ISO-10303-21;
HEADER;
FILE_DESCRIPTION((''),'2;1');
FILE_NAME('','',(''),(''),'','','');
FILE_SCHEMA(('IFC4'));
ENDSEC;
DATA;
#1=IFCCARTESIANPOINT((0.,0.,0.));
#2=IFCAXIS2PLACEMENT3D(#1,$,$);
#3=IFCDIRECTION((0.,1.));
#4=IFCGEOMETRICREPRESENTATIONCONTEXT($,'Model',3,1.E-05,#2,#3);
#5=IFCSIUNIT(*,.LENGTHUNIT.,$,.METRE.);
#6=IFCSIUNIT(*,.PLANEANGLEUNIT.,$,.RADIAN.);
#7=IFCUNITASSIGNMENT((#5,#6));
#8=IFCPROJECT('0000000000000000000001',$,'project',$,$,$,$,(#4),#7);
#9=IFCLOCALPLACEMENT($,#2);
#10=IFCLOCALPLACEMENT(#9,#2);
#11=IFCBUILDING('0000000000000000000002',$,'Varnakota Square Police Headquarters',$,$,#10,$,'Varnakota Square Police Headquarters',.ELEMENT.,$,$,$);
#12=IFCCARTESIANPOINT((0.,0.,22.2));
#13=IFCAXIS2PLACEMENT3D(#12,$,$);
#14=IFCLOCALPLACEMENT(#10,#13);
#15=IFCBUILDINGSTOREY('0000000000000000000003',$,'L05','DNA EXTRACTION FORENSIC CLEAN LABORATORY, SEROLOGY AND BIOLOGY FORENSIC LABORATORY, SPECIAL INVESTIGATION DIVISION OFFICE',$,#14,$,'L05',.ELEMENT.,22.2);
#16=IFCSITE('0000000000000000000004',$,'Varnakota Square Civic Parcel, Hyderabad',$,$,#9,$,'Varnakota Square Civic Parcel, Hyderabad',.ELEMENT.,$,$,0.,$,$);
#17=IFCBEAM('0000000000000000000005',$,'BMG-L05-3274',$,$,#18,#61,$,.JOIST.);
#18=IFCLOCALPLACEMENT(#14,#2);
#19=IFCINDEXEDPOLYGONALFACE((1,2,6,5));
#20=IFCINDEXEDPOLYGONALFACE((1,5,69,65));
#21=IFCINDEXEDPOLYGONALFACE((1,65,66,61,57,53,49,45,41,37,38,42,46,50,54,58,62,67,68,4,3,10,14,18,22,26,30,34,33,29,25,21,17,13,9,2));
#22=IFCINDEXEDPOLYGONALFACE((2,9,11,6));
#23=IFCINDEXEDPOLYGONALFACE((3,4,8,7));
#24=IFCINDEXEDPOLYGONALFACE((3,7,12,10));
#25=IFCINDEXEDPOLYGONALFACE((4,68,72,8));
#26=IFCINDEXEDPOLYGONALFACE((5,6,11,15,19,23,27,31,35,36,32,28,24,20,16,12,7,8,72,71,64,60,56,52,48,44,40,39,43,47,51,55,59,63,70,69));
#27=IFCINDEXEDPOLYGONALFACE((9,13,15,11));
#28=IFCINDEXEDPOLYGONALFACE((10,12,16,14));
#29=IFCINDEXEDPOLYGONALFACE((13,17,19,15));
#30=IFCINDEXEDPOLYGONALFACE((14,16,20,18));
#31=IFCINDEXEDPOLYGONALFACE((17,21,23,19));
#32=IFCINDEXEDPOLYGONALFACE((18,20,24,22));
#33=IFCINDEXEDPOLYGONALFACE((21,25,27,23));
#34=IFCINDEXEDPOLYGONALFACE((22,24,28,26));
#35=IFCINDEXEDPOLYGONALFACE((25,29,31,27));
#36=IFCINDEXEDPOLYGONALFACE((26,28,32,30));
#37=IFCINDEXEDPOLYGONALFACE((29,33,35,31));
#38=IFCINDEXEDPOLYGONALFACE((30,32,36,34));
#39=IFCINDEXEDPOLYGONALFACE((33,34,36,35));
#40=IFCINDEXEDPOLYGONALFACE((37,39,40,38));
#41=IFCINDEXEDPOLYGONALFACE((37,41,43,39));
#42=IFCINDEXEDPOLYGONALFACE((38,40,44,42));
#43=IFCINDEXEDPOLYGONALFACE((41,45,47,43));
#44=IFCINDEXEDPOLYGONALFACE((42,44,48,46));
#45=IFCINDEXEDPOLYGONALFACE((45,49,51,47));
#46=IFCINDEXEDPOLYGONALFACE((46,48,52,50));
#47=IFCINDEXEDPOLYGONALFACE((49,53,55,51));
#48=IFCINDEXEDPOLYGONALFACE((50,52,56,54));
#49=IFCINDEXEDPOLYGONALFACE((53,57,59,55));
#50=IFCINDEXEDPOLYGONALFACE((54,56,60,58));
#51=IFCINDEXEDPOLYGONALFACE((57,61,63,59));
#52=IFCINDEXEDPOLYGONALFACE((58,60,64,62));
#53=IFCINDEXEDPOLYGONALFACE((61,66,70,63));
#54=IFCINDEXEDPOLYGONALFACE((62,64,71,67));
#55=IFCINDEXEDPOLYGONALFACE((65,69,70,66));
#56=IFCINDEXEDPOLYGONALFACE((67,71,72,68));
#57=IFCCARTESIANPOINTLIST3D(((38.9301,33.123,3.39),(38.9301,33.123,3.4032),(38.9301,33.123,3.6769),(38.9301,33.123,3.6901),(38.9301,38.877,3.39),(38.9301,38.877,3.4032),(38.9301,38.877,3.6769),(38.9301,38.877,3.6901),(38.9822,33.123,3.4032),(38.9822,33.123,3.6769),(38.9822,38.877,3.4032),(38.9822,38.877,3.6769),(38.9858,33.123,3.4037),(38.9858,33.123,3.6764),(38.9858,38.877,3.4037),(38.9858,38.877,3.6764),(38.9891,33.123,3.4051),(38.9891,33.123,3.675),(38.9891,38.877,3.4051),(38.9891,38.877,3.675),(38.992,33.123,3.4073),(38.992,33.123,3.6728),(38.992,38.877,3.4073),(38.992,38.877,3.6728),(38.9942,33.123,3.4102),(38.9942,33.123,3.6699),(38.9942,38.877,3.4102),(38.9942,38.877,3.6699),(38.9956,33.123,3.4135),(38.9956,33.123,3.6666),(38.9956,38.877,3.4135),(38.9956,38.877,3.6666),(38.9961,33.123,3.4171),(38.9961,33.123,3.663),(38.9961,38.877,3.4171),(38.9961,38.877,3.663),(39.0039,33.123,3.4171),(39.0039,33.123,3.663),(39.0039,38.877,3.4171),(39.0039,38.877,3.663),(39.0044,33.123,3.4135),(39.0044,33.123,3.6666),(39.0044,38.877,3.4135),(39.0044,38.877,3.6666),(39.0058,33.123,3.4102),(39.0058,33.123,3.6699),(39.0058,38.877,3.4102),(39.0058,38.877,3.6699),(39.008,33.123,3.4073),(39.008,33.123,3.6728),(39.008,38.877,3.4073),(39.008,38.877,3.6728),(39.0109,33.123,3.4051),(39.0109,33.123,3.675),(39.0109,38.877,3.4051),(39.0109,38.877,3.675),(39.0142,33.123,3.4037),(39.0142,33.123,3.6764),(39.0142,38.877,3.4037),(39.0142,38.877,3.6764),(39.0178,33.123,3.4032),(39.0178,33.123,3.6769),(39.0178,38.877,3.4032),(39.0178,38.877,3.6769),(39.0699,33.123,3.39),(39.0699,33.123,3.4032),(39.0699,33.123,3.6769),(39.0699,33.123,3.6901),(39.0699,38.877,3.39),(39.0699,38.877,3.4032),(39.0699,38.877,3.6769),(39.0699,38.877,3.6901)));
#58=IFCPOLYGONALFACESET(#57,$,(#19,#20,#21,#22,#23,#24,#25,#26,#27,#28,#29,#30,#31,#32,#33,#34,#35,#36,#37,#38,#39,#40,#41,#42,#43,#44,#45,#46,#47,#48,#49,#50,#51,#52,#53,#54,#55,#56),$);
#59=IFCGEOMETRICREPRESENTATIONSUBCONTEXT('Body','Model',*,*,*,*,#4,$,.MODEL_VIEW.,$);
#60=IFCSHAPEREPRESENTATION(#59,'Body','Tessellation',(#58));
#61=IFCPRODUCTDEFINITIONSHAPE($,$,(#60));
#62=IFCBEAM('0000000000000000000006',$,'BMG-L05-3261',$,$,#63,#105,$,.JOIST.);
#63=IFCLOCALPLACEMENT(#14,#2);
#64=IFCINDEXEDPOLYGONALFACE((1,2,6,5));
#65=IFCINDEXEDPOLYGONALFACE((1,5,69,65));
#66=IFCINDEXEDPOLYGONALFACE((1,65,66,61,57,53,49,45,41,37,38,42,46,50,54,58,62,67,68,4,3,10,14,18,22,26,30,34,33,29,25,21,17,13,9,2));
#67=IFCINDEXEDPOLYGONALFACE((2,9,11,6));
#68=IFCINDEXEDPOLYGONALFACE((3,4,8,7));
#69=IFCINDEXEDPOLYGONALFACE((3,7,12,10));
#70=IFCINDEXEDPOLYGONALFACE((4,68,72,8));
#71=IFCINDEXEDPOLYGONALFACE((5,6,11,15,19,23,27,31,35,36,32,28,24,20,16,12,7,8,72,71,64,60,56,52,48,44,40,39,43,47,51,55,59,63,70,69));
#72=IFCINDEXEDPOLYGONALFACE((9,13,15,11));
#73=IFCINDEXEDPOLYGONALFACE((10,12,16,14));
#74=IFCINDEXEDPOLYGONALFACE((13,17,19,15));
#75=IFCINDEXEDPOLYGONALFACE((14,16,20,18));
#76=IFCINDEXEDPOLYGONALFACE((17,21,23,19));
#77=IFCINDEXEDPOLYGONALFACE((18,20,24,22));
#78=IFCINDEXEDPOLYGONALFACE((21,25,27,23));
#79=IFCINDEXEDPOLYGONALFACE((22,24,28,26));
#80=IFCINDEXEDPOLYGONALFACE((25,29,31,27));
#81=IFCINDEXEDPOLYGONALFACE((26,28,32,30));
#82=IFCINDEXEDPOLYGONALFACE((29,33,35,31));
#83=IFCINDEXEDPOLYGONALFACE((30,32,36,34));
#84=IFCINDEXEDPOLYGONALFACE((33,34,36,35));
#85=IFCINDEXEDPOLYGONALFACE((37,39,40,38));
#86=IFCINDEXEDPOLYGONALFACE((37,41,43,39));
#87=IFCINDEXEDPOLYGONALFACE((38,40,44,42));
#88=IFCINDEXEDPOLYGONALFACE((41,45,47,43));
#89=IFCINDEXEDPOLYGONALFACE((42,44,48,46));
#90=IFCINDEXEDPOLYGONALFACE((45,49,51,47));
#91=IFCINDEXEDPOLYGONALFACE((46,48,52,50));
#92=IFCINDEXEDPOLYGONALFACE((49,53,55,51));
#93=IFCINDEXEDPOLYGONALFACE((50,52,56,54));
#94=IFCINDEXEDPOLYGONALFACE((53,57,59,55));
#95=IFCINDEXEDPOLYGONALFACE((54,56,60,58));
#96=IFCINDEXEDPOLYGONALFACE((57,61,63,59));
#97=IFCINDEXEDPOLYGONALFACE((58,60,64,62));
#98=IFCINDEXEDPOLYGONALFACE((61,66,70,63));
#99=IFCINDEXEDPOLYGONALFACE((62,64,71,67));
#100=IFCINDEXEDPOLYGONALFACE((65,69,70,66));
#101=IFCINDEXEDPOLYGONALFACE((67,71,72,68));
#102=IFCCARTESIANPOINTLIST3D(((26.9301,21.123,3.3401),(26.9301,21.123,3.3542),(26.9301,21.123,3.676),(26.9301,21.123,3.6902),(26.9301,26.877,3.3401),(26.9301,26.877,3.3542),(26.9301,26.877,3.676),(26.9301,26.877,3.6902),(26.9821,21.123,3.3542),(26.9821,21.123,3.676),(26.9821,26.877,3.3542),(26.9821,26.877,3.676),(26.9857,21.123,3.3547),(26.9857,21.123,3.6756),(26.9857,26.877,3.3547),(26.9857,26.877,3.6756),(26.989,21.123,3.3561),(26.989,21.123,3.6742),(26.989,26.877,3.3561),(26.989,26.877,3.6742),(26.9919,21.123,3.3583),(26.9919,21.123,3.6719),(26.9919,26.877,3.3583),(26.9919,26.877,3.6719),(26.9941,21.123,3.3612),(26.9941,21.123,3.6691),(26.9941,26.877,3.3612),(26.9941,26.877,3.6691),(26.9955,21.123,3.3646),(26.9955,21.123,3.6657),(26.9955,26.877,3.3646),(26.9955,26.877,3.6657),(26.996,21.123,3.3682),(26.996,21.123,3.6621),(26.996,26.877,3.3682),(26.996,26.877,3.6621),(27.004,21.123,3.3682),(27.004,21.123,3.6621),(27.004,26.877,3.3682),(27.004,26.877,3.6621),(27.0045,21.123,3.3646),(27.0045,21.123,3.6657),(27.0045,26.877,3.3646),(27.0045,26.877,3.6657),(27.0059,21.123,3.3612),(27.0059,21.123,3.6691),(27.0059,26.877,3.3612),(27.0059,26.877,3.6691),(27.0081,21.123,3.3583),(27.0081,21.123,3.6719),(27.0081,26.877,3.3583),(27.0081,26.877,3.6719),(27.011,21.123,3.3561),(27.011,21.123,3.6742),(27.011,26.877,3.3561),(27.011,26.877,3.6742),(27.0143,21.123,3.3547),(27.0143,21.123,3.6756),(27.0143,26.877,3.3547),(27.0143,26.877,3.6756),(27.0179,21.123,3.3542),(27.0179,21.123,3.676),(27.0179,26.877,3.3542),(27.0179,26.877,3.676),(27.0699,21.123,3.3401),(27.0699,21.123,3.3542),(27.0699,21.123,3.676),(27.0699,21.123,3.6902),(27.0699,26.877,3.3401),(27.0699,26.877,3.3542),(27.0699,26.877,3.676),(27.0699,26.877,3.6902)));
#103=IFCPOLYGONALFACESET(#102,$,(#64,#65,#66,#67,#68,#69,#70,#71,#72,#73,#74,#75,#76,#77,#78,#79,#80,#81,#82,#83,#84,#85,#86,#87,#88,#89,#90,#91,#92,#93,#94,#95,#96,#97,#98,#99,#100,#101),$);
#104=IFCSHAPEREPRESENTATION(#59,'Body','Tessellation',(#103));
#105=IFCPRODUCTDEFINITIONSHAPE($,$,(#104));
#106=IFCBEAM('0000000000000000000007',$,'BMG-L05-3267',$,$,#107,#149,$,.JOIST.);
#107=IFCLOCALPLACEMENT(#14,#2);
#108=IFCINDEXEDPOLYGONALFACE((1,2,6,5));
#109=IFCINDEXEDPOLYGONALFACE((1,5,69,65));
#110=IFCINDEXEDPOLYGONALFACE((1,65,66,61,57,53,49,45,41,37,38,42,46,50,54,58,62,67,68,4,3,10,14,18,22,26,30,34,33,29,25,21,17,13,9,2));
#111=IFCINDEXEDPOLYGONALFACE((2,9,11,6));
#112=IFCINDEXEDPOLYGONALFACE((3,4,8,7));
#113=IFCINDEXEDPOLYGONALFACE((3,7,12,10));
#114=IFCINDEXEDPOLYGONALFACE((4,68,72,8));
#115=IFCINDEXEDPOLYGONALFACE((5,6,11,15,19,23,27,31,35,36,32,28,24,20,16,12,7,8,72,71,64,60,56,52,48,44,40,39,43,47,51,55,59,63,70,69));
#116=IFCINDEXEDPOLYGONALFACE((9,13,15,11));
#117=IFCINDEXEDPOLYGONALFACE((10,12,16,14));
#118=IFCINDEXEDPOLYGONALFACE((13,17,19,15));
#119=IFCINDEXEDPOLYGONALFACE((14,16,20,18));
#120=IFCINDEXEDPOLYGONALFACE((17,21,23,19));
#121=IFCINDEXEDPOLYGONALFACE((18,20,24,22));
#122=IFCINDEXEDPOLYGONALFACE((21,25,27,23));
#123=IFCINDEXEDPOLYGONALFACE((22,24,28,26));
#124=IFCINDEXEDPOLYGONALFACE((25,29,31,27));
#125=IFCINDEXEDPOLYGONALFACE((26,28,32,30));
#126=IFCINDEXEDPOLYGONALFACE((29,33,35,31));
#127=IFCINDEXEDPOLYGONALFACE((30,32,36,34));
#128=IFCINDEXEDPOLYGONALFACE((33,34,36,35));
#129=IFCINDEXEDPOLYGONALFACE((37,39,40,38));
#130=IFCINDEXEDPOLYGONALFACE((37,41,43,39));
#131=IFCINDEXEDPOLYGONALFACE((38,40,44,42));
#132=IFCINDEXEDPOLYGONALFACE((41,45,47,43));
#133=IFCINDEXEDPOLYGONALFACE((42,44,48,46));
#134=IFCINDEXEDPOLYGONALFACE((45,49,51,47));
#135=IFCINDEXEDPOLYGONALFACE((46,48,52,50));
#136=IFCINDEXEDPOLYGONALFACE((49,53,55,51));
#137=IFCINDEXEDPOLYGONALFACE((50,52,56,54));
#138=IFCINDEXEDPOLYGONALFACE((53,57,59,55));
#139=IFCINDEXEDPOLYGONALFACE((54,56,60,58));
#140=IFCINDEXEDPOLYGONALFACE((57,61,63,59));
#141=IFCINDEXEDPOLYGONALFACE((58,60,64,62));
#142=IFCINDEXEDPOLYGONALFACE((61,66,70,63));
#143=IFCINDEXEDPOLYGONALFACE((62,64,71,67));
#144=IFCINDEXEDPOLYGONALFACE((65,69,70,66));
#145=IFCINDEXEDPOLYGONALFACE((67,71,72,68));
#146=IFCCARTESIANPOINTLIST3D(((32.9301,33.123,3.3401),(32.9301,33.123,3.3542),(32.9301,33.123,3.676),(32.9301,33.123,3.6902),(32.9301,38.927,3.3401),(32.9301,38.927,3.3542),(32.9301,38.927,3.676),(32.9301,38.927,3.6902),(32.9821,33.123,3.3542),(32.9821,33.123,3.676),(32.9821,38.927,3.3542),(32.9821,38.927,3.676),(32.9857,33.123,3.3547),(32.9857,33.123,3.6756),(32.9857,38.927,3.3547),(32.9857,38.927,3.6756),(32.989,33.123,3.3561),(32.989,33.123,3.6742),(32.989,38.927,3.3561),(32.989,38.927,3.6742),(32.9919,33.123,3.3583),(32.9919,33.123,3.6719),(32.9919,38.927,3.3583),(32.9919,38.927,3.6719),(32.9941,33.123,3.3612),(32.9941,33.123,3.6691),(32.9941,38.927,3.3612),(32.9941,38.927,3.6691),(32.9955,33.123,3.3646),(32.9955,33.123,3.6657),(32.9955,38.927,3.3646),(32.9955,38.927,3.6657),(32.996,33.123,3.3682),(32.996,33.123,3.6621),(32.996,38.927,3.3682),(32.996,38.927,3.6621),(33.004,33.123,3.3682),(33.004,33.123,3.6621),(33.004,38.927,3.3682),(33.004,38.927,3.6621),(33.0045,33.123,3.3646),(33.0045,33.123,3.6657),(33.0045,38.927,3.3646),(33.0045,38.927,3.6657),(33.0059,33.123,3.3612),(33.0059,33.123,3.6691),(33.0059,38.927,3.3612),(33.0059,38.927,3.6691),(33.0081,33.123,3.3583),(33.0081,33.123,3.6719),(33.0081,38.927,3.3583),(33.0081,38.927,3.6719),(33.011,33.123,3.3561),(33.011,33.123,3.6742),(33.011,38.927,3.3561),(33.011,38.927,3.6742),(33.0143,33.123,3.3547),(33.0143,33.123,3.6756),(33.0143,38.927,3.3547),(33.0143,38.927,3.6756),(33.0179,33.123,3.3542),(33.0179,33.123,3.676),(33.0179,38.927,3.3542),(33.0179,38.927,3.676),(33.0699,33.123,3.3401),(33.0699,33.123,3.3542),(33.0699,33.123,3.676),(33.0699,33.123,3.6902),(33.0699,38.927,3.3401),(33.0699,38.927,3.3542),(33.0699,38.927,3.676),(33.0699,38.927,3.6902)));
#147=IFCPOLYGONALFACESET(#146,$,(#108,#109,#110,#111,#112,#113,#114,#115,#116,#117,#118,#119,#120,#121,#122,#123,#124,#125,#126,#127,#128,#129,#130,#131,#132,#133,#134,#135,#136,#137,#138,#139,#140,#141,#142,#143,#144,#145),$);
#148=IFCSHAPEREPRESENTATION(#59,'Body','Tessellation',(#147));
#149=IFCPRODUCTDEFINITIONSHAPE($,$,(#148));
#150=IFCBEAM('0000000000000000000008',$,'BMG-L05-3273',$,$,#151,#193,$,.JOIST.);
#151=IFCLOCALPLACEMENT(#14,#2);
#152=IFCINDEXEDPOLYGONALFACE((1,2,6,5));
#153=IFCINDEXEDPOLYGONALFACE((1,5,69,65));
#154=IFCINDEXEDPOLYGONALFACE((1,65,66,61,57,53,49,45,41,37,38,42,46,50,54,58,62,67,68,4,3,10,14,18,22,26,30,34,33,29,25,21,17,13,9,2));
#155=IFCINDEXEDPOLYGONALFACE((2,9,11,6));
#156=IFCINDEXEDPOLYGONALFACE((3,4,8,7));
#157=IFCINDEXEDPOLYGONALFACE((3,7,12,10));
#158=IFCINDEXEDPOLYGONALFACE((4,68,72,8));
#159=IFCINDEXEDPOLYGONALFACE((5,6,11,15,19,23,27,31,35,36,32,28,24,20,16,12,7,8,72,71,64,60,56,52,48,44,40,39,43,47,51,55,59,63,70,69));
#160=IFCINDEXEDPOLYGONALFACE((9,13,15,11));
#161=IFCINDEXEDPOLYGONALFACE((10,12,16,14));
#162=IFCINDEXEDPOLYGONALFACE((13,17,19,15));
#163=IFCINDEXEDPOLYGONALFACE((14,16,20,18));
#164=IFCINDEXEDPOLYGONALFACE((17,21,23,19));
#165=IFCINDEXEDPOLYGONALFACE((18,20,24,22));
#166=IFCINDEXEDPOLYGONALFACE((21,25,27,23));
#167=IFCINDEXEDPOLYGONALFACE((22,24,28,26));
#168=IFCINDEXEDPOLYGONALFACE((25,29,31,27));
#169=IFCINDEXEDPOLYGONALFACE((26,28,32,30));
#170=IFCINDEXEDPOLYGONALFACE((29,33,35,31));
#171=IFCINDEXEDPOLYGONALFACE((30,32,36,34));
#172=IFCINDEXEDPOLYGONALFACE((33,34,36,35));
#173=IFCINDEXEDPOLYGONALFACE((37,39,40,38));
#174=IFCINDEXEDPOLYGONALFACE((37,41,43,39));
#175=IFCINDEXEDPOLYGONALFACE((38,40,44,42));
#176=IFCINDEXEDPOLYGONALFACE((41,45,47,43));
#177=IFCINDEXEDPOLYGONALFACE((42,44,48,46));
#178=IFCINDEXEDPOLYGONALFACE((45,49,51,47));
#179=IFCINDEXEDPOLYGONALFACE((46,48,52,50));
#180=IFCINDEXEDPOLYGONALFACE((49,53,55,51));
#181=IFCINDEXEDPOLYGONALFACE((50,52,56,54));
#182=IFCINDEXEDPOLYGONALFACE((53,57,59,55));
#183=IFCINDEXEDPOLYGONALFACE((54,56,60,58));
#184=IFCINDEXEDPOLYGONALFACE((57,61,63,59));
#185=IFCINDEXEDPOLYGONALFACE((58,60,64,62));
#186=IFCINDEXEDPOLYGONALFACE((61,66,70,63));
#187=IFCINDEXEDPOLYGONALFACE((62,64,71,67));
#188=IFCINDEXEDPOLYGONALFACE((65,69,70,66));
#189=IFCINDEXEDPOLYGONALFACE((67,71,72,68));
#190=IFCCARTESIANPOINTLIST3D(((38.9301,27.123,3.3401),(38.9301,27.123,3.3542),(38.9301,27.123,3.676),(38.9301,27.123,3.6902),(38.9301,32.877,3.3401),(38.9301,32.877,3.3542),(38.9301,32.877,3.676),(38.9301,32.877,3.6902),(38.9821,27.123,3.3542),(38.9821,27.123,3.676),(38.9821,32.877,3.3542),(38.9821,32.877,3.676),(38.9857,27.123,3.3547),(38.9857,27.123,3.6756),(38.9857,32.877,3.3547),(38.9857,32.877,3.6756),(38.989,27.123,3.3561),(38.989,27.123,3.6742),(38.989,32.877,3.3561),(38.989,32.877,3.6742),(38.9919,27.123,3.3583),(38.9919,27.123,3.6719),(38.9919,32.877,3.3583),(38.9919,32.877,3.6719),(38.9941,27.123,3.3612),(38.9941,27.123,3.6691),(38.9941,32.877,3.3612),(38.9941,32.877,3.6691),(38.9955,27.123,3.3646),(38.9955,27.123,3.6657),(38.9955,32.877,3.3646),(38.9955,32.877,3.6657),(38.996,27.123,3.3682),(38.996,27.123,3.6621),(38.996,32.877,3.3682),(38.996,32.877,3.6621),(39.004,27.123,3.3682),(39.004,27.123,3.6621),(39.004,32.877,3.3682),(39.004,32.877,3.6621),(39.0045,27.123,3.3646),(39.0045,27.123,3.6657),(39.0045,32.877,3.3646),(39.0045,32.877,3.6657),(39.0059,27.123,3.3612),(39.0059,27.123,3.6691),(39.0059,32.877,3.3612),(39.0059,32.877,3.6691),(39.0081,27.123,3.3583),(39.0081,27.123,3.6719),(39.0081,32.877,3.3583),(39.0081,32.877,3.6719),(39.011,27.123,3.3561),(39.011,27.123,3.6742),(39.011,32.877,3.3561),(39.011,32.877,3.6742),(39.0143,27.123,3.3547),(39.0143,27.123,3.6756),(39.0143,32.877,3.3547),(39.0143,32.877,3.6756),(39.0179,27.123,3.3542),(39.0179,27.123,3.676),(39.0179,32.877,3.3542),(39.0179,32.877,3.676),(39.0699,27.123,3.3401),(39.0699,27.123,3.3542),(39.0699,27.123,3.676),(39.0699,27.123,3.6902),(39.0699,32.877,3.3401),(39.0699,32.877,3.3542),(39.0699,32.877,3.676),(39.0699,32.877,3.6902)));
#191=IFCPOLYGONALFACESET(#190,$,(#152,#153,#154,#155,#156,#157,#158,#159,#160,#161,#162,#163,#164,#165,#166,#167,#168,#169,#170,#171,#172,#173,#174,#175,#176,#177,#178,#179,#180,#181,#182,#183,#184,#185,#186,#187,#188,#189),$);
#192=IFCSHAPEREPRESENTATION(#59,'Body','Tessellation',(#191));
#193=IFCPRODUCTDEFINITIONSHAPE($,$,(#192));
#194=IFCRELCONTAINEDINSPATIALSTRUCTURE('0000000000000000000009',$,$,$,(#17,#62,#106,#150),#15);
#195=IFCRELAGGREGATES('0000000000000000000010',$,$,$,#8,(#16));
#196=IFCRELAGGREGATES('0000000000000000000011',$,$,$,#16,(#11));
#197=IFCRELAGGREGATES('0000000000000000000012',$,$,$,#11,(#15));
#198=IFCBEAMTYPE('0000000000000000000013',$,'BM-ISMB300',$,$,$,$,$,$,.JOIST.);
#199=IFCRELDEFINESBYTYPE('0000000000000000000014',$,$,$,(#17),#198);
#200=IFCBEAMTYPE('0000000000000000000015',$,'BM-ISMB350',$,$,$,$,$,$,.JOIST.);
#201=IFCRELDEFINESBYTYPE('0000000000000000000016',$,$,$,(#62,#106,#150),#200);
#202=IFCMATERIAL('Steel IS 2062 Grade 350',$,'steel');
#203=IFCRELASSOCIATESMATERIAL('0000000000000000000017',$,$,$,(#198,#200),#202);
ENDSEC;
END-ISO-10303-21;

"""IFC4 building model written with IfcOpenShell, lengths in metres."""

from ifc_helpers import new_model, si_unit, direction, frame, origin, origin_2d, place, context, subcontext, project, spatial, i_section, extrude, material, material_profile, profile_set, type_object, element, save


model = new_model("IFC4")

# Units and contexts
model_context = context("Model", 3, precision=1e-05, world=origin(), true_north=direction((0.0, 1.0)))
body_context = subcontext(model_context, "Body", "Model", "MODEL_VIEW")
ifc_project = project(units=[si_unit("LENGTHUNIT", "METRE"), si_unit("PLANEANGLEUNIT", "RADIAN")], contexts=[model_context])

# Site, building, storey
site_placement = place(None, origin())
site = spatial("IfcSite", under=ifc_project, at=site_placement, Name="Varnakota Square Civic Parcel, Hyderabad", LongName="Varnakota Square Civic Parcel, Hyderabad", CompositionType="ELEMENT", RefElevation=0.0)
building_placement = place(site_placement, origin())
building = spatial("IfcBuilding", under=site, at=building_placement, Name="Varnakota Square Police Headquarters", LongName="Varnakota Square Police Headquarters", CompositionType="ELEMENT")
storey_placement = place(building_placement, frame((0.0, 0.0, 22.2)))
storey = spatial("IfcBuildingStorey", under=building, at=storey_placement, Name="L05", Description="DNA EXTRACTION FORENSIC CLEAN LABORATORY, SEROLOGY AND BIOLOGY FORENSIC LABORATORY, SPECIAL INVESTIGATION DIVISION OFFICE", LongName="L05", CompositionType="ELEMENT", Elevation=22.2)

# Shared definitions
ifc_material_1 = material(Name="Steel IS 2062 Grade 350", Category="steel")

# Beams
ifc_material_profile_1 = material_profile(ifc_material_1, i_section(OverallWidth=0.1399, OverallDepth=0.3, WebThickness=0.0078, FlangeThickness=0.0132, FilletRadius=0.0139, at=origin_2d()), Name="ISMB 300")
ifc_profile_set_1 = profile_set([ifc_material_profile_1], Name="Steel IS 2062 Grade 350")
beam_type_1 = type_object("IfcBeamType", Name="BM-ISMB300", PredefinedType="JOIST", material=ifc_profile_set_1)
for number, where, z_axis, x_axis, name in (
    (1, (39.0, 33.123, 3.54), (0.0, 1.0, 0.0), (-1.0, 0.0, 0.0), "BMG-L05-3274"),
):
    element("IfcBeam", number, at=place(storey_placement, frame(where, z_axis=z_axis, x_axis=x_axis)), inside=storey, type_object=beam_type_1, Name=name, PredefinedType="JOIST", context=body_context, shape_type="SweptSolid", body=[
        extrude(i_section(OverallWidth=0.1399, OverallDepth=0.3, WebThickness=0.0078, FlangeThickness=0.0132, FilletRadius=0.0139, at=origin_2d()), origin(), (0.0, 0.0, 1.0), 5.7539),
    ])
ifc_material_profile_2 = material_profile(ifc_material_1, i_section(OverallWidth=0.1399, OverallDepth=0.3501, WebThickness=0.0081, FlangeThickness=0.0142, FilletRadius=0.0139, at=origin_2d()), Name="ISMB 350")
ifc_profile_set_2 = profile_set([ifc_material_profile_2], Name="Steel IS 2062 Grade 350")
beam_type_2 = type_object("IfcBeamType", Name="BM-ISMB350", PredefinedType="JOIST", material=ifc_profile_set_2)
beam_1_placement = place(storey_placement, frame((27.0, 21.123, 3.5151), z_axis=(0.0, 1.0, 0.0), x_axis=(-1.0, 0.0, 0.0)))
element("IfcBeam", 2, at=beam_1_placement, inside=storey, type_object=beam_type_2, Name="BMG-L05-3261", PredefinedType="JOIST", context=body_context, shape_type="SweptSolid", body=[
    extrude(i_section(OverallWidth=0.1399, OverallDepth=0.3501, WebThickness=0.0081, FlangeThickness=0.0142, FilletRadius=0.0139, at=origin_2d()), origin(), (0.0, 0.0, 1.0), 5.7539),
])
beam_2_placement = place(storey_placement, frame((33.0, 33.123, 3.5151), z_axis=(0.0, 1.0, 0.0), x_axis=(-1.0, 0.0, 0.0)))
element("IfcBeam", 3, at=beam_2_placement, inside=storey, type_object=beam_type_2, Name="BMG-L05-3267", PredefinedType="JOIST", context=body_context, shape_type="SweptSolid", body=[
    extrude(i_section(OverallWidth=0.1399, OverallDepth=0.3501, WebThickness=0.0081, FlangeThickness=0.0142, FilletRadius=0.0139, at=origin_2d()), origin(), (0.0, 0.0, 1.0), 5.804),
])
beam_3_placement = place(storey_placement, frame((39.0, 27.123, 3.5151), z_axis=(0.0, 1.0, 0.0), x_axis=(-1.0, 0.0, 0.0)))
element("IfcBeam", 4, at=beam_3_placement, inside=storey, type_object=beam_type_2, Name="BMG-L05-3273", PredefinedType="JOIST", context=body_context, shape_type="SweptSolid", body=[
    extrude(i_section(OverallWidth=0.1399, OverallDepth=0.3501, WebThickness=0.0081, FlangeThickness=0.0142, FilletRadius=0.0139, at=origin_2d()), origin(), (0.0, 0.0, 1.0), 5.7539),
])

save(model, "model.ifc")
